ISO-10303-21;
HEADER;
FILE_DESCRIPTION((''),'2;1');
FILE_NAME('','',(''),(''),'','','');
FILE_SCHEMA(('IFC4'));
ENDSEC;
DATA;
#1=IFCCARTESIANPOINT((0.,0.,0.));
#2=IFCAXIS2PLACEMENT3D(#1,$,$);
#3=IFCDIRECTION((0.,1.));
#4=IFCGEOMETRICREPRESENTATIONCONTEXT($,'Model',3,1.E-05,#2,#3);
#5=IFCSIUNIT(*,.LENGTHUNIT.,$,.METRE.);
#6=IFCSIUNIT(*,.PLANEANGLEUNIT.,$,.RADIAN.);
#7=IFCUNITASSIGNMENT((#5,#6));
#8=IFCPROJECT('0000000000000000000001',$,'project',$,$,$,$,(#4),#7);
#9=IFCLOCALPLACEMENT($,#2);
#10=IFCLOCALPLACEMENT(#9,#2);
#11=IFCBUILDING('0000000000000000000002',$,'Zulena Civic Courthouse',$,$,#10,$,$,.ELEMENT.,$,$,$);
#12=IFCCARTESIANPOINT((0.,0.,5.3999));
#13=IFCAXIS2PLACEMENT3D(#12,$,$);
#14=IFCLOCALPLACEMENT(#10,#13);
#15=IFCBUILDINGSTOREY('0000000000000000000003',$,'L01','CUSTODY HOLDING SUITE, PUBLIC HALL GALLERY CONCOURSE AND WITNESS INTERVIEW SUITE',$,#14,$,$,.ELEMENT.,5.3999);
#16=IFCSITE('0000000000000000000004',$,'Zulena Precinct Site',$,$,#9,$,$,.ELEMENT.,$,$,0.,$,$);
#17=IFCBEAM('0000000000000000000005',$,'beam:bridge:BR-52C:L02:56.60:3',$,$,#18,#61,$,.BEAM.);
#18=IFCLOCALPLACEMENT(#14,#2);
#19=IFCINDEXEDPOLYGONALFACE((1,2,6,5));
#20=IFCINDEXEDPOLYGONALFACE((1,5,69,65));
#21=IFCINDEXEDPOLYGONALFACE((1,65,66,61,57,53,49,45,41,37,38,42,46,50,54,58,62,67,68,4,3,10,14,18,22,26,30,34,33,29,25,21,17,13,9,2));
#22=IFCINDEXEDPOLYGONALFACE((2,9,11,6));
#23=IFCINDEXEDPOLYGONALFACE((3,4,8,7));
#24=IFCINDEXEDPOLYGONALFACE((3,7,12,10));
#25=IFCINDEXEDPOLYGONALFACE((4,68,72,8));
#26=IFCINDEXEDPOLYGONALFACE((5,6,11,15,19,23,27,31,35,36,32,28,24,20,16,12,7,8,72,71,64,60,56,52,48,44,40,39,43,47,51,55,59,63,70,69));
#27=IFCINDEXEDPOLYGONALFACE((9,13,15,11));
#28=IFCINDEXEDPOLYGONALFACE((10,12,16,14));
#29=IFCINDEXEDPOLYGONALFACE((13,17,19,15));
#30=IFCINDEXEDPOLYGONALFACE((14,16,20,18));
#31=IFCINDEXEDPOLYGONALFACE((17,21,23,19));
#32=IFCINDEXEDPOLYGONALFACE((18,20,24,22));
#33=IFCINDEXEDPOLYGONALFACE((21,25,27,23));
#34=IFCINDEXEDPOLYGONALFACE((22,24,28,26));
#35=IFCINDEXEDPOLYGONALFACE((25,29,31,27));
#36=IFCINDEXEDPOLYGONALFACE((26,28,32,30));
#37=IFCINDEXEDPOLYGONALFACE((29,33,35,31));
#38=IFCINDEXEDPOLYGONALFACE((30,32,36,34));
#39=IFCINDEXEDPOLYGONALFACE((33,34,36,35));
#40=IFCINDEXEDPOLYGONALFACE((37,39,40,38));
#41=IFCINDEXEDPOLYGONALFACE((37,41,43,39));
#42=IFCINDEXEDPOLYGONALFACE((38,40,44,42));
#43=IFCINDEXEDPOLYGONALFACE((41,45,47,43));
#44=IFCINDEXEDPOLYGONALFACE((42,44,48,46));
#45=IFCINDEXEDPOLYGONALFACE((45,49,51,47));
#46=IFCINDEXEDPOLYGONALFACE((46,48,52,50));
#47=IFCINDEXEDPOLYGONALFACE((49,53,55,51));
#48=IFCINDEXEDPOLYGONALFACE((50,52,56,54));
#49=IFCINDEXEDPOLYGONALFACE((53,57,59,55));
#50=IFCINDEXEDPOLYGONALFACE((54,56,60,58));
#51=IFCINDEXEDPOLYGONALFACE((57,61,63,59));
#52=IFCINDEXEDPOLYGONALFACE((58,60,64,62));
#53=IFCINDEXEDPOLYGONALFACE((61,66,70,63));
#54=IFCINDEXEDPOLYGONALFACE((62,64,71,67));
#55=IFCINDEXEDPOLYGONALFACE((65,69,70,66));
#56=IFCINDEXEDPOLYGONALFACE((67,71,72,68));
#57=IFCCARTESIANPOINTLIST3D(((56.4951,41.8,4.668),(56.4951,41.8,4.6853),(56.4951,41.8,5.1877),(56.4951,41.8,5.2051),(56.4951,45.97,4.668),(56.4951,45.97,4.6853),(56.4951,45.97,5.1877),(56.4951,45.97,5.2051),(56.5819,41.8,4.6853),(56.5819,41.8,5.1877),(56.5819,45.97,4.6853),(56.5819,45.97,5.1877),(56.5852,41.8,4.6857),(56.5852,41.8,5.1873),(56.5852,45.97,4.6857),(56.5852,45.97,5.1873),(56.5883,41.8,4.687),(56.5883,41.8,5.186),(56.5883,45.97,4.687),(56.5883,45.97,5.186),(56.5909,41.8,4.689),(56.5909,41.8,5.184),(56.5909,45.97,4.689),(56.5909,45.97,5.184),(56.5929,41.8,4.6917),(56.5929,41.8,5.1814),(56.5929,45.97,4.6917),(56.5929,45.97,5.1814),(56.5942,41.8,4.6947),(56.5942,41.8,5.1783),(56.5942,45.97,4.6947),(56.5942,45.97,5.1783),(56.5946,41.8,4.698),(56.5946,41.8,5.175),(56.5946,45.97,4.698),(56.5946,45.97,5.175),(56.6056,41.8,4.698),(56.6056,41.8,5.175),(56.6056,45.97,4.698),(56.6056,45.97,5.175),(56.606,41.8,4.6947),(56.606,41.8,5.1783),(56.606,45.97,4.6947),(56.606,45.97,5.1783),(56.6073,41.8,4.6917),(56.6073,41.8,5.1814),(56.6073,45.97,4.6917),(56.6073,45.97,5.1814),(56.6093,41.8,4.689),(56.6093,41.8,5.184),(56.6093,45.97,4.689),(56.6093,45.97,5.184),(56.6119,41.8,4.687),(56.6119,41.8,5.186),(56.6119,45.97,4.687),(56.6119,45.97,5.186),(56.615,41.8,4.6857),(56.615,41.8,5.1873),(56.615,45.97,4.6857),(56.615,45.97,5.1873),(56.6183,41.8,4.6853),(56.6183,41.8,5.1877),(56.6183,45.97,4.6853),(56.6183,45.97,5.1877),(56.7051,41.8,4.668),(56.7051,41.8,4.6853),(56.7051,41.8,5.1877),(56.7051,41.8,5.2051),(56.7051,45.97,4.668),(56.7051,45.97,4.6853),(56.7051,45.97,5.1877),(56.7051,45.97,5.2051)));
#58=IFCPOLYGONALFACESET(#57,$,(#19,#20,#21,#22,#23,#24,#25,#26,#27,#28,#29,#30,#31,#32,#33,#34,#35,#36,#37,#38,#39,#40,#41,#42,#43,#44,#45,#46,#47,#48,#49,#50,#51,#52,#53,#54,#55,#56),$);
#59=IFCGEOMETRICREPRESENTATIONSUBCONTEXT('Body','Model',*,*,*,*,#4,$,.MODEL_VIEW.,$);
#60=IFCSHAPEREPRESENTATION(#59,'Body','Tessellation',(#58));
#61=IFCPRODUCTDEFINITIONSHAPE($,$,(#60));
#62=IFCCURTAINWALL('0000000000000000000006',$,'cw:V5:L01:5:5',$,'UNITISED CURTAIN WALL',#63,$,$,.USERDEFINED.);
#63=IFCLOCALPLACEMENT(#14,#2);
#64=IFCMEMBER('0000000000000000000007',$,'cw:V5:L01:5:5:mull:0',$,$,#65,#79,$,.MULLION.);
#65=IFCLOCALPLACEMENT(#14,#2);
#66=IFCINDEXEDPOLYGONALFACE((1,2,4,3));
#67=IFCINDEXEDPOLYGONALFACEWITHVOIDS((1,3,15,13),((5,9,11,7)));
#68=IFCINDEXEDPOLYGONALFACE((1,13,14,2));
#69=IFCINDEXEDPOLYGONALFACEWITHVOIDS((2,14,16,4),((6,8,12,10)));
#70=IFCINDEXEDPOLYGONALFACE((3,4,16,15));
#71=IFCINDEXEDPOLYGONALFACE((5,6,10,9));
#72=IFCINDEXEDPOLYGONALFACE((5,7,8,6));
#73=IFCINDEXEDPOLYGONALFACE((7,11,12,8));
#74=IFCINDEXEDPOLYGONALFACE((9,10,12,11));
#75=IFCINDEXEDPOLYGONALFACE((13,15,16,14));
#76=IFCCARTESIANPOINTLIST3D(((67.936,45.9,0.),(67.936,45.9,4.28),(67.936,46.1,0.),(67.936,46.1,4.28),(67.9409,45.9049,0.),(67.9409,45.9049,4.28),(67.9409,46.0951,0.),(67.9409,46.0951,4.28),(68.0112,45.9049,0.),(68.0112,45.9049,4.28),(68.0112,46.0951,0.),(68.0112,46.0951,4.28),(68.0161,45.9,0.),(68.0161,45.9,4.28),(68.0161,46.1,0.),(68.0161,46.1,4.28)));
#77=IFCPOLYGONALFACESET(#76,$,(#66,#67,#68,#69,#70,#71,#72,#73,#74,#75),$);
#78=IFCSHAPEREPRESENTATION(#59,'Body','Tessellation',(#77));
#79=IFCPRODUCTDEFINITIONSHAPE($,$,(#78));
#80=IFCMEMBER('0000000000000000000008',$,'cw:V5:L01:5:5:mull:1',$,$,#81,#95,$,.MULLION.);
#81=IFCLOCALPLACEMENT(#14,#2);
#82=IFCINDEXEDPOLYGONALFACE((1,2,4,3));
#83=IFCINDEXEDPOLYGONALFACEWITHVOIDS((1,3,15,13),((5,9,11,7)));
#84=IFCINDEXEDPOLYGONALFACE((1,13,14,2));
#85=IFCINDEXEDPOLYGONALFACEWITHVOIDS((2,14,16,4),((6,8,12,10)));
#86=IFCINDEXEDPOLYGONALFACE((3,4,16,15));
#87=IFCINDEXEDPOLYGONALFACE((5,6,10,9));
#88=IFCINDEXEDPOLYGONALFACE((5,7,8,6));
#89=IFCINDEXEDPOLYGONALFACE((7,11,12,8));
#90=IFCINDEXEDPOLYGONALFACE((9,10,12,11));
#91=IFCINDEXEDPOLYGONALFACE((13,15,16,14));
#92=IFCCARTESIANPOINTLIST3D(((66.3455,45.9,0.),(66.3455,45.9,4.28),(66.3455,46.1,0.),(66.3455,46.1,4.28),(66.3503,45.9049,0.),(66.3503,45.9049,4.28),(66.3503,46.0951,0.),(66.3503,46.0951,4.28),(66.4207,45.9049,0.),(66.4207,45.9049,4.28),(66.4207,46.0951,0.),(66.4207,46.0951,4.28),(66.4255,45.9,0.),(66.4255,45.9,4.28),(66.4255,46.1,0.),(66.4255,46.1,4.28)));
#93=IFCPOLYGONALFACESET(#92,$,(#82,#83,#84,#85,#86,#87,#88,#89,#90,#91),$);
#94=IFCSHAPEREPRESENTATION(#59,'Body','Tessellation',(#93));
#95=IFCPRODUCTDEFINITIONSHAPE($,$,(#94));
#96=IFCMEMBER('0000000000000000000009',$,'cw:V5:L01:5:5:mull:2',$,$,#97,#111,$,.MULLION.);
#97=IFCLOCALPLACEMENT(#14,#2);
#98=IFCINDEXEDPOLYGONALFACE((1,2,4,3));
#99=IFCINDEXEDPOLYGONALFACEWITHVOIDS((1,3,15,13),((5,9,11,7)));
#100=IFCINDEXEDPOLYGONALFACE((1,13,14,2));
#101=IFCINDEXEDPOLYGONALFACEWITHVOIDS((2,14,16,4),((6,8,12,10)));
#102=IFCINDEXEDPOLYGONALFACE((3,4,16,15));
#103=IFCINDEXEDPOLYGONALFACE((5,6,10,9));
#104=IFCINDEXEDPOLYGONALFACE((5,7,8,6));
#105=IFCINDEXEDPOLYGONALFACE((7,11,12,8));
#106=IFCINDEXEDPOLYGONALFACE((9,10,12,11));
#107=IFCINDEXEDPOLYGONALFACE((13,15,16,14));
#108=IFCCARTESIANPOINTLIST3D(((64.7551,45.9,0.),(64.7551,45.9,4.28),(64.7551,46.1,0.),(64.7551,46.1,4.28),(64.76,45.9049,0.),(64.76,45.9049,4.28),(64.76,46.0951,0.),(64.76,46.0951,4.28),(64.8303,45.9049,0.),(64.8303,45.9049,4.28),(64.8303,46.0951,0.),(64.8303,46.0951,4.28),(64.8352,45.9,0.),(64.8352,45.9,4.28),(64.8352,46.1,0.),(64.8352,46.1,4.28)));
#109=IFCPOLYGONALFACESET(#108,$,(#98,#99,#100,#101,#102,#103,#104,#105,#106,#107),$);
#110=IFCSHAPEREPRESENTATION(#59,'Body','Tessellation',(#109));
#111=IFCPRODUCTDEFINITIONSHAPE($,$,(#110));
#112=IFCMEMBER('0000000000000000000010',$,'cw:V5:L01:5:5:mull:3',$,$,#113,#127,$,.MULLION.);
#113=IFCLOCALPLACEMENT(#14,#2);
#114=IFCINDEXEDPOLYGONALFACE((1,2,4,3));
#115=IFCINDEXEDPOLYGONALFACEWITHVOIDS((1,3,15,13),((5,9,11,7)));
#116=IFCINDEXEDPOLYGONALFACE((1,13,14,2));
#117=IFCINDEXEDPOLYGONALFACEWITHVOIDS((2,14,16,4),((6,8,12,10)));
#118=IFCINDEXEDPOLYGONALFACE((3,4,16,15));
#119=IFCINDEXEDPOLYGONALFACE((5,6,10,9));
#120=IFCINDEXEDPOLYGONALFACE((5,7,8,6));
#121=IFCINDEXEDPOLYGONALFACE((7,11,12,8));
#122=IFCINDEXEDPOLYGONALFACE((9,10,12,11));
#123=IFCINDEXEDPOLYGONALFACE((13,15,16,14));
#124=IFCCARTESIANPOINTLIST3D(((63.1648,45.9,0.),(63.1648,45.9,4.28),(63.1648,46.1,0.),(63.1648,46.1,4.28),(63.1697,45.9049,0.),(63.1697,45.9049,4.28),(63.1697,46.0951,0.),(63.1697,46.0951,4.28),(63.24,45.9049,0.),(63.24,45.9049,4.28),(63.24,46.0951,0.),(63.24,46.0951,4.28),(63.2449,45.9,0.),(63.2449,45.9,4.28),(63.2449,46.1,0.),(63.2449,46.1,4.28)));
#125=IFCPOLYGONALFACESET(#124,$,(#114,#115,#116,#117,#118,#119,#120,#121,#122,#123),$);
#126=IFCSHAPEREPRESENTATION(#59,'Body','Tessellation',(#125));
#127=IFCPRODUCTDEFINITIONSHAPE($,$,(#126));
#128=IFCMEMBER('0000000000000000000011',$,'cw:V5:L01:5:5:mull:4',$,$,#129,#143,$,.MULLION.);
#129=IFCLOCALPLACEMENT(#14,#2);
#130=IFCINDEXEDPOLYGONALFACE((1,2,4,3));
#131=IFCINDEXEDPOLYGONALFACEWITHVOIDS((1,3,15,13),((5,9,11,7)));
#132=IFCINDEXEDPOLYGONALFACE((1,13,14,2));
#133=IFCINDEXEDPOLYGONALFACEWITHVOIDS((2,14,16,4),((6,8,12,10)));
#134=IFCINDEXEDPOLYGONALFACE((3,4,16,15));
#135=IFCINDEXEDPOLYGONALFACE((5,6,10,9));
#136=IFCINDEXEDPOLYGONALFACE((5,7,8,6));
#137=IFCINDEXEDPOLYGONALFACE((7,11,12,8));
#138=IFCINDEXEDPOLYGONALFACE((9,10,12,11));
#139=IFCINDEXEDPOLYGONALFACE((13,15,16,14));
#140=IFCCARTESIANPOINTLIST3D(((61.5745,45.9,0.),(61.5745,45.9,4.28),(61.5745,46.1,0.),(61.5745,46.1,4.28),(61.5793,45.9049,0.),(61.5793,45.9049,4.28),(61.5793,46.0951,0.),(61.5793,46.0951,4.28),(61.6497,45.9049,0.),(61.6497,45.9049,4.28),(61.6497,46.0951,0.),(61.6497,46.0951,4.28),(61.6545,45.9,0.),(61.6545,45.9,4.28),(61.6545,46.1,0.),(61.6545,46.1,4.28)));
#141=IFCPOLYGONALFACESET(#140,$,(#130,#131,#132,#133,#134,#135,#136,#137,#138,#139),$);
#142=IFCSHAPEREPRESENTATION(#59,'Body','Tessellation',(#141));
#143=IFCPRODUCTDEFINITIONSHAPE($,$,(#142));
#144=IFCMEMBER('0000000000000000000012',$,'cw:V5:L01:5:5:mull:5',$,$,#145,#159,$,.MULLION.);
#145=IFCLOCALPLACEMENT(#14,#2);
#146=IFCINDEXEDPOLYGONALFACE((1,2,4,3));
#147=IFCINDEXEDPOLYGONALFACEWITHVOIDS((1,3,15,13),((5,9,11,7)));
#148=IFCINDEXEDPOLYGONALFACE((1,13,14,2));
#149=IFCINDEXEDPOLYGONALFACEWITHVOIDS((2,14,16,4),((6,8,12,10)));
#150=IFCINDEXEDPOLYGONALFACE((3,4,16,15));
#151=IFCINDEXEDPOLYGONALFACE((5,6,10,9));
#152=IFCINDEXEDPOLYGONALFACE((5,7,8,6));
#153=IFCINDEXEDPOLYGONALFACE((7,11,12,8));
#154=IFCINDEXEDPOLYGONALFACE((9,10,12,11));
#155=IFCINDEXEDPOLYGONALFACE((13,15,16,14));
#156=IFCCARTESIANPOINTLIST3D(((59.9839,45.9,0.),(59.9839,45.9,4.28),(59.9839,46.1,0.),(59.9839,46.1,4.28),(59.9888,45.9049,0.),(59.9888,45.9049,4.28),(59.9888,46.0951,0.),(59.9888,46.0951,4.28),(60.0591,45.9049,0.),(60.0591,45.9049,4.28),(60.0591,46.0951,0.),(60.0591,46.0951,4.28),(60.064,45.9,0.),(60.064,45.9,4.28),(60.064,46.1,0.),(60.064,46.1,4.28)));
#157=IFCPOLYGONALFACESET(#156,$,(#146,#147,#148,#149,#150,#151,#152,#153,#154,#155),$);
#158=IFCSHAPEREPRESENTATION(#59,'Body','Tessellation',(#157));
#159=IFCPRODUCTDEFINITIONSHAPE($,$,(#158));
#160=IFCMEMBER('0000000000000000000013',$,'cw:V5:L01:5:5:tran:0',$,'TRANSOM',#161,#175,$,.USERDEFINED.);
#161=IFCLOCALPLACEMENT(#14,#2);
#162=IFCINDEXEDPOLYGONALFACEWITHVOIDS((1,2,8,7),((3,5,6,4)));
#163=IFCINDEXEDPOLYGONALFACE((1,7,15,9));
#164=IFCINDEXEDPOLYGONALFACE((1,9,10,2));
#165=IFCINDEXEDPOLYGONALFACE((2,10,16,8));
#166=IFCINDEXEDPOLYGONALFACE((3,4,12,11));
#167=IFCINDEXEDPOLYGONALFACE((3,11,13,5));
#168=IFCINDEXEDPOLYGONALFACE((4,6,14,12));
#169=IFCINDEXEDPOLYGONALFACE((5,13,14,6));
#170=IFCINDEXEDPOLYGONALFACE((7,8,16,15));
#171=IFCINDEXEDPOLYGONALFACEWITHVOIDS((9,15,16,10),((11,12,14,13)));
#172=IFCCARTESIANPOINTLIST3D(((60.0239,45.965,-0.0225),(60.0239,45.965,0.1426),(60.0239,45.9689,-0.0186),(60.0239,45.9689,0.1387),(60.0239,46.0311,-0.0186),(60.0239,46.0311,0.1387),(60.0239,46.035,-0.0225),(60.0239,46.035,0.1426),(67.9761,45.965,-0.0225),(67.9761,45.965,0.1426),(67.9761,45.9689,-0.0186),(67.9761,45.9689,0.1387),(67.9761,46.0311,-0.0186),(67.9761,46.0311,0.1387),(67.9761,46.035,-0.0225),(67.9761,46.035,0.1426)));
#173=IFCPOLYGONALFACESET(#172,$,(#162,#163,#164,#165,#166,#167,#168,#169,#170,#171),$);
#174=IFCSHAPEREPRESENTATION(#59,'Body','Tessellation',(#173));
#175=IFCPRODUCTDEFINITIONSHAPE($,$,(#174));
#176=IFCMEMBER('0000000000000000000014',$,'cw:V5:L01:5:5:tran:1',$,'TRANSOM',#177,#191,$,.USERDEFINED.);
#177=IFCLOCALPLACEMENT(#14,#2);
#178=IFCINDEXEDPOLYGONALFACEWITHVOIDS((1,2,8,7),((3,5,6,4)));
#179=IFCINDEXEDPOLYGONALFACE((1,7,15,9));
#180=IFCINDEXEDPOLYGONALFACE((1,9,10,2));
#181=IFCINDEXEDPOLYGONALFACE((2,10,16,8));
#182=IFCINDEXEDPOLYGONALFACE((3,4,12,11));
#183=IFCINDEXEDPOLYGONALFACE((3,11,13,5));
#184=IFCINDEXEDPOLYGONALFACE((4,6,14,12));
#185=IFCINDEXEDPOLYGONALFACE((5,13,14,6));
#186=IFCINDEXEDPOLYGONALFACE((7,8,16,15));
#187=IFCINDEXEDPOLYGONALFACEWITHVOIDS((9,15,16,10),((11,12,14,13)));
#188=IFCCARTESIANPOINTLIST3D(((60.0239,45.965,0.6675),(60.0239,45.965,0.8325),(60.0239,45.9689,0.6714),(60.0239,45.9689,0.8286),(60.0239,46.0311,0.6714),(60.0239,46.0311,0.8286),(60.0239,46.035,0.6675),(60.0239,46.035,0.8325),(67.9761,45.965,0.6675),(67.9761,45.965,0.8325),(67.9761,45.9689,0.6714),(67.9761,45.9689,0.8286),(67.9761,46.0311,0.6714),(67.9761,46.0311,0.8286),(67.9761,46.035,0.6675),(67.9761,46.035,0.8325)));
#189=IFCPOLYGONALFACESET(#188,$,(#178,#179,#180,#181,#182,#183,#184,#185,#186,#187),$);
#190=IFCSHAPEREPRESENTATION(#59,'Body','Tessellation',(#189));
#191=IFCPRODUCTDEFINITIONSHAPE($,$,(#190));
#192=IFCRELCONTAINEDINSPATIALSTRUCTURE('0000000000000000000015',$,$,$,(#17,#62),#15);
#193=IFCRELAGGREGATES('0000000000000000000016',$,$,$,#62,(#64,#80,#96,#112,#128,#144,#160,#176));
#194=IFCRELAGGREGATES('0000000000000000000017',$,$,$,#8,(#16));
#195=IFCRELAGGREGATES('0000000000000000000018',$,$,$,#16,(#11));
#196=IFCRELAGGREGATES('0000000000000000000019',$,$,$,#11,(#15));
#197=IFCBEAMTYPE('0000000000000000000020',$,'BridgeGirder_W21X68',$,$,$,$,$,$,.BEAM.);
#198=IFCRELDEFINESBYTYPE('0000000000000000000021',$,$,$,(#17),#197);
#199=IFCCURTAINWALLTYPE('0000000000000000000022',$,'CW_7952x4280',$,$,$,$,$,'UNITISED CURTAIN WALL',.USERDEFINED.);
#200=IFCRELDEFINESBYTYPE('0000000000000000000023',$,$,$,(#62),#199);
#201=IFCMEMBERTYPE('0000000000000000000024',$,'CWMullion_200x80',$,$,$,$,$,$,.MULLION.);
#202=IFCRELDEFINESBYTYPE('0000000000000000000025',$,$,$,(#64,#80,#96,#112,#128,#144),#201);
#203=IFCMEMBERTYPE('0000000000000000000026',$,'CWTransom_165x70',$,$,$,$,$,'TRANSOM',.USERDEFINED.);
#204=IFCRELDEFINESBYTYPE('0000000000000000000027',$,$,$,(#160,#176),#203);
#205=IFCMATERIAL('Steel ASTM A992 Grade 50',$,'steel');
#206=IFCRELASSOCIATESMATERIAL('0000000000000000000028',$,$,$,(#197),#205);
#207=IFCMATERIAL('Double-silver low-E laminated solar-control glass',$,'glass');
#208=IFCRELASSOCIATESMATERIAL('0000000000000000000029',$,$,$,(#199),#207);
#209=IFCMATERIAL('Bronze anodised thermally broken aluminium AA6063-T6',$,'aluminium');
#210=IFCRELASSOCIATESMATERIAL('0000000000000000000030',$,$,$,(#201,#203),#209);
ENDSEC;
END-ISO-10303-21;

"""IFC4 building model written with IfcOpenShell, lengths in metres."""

from ifc_helpers import new_model, si_unit, direction, frame, origin, origin_2d, place, context, subcontext, project, spatial, hollow_rectangle, i_section, extrude, material, material_profile, profile_set, type_object, element, aggregate, save


model = new_model("IFC4")

# Units and contexts
model_context = context("Model", 3, precision=1e-05, world=origin(), true_north=direction((0.0, 1.0)))
body_context = subcontext(model_context, "Body", "Model", "MODEL_VIEW")
ifc_project = project(units=[si_unit("LENGTHUNIT", "METRE"), si_unit("PLANEANGLEUNIT", "RADIAN")], contexts=[model_context])

# Site, building, storey
site_placement = place(None, origin())
site = spatial("IfcSite", under=ifc_project, at=site_placement, Name="Zulena Precinct Site", CompositionType="ELEMENT", RefElevation=0.0)
building_placement = place(site_placement, origin())
building = spatial("IfcBuilding", under=site, at=building_placement, Name="Zulena Civic Courthouse", CompositionType="ELEMENT")
storey_placement = place(building_placement, frame((0.0, 0.0, 5.3999)))
storey = spatial("IfcBuildingStorey", under=building, at=storey_placement, Name="L01", Description="CUSTODY HOLDING SUITE, PUBLIC HALL GALLERY CONCOURSE AND WITNESS INTERVIEW SUITE", CompositionType="ELEMENT", Elevation=5.3999)

# Shared definitions
ifc_material_1 = material(Name="Steel ASTM A992 Grade 50", Category="steel")

# Beam
ifc_material_profile_1 = material_profile(ifc_material_1, i_section(OverallWidth=0.21, OverallDepth=0.5371, WebThickness=0.011, FlangeThickness=0.0173, FilletRadius=0.0127, at=origin_2d()), Name="W21X68")
ifc_profile_set_1 = profile_set([ifc_material_profile_1], Name="Steel ASTM A992 Grade 50")
beam_type_1 = type_object("IfcBeamType", Name="BridgeGirder_W21X68", PredefinedType="BEAM", material=ifc_profile_set_1)
for number, where, z_axis, x_axis, name in (
    (1, (56.6001, 41.8, 4.9365), (0.0, 1.0, 0.0), (-1.0, 0.0, 0.0), "beam:bridge:BR-52C:L02:56.60:3"),
):
    element("IfcBeam", number, at=place(storey_placement, frame(where, z_axis=z_axis, x_axis=x_axis)), inside=storey, type_object=beam_type_1, Name=name, PredefinedType="BEAM", context=body_context, shape_type="SweptSolid", body=[
        extrude(i_section(OverallWidth=0.21, OverallDepth=0.5371, WebThickness=0.011, FlangeThickness=0.0173, FilletRadius=0.0127, at=origin_2d()), origin(), (0.0, 0.0, 1.0), 4.1699),
    ])

# Curtain wall, members
ifc_material_2 = material(Name="Double-silver low-E laminated solar-control glass", Category="glass")
curtain_wall_type = type_object("IfcCurtainWallType", Name="CW_7952x4280", ElementType="UNITISED CURTAIN WALL", PredefinedType="USERDEFINED", material=ifc_material_2)
curtain_wall_placement = place(storey_placement, origin())
curtain_wall = element("IfcCurtainWall", 2, at=curtain_wall_placement, inside=storey, type_object=curtain_wall_type, Name="cw:V5:L01:5:5", ObjectType="UNITISED CURTAIN WALL", PredefinedType="USERDEFINED")
ifc_material_3 = material(Name="Bronze anodised thermally broken aluminium AA6063-T6", Category="aluminium")
ifc_material_profile_2 = material_profile(ifc_material_3, hollow_rectangle(XDim=0.0801, YDim=0.2, WallThickness=0.0049, at=origin_2d()), Name="CWM200X80X5")
ifc_profile_set_2 = profile_set([ifc_material_profile_2], Name="Bronze anodised thermally broken aluminium AA6063-T6")
member_type_1 = type_object("IfcMemberType", Name="CWMullion_200x80", PredefinedType="MULLION", material=ifc_profile_set_2)
member_1_placement = place(storey_placement, frame((67.9761, 46.0, 0.0), z_axis=(0.0, 0.0, 1.0), x_axis=(1.0, 0.0, 0.0)))
member_1 = element("IfcMember", 3, at=member_1_placement, type_object=member_type_1, Name="cw:V5:L01:5:5:mull:0", PredefinedType="MULLION", context=body_context, shape_type="SweptSolid", body=[
    extrude(hollow_rectangle(XDim=0.0801, YDim=0.2, WallThickness=0.0049, at=origin_2d()), origin(), (0.0, 0.0, 1.0), 4.28),
])
member_2_placement = place(storey_placement, frame((66.3855, 46.0, 0.0), z_axis=(0.0, 0.0, 1.0), x_axis=(1.0, 0.0, 0.0)))
member_2 = element("IfcMember", 4, at=member_2_placement, type_object=member_type_1, Name="cw:V5:L01:5:5:mull:1", PredefinedType="MULLION", context=body_context, shape_type="SweptSolid", body=[
    extrude(hollow_rectangle(XDim=0.0801, YDim=0.2, WallThickness=0.0049, at=origin_2d()), origin(), (0.0, 0.0, 1.0), 4.28),
])
member_3_placement = place(storey_placement, frame((64.7952, 46.0, 0.0), z_axis=(0.0, 0.0, 1.0), x_axis=(1.0, 0.0, 0.0)))
member_3 = element("IfcMember", 5, at=member_3_placement, type_object=member_type_1, Name="cw:V5:L01:5:5:mull:2", PredefinedType="MULLION", context=body_context, shape_type="SweptSolid", body=[
    extrude(hollow_rectangle(XDim=0.0801, YDim=0.2, WallThickness=0.0049, at=origin_2d()), origin(), (0.0, 0.0, 1.0), 4.28),
])
member_4_placement = place(storey_placement, frame((63.2048, 46.0, 0.0), z_axis=(0.0, 0.0, 1.0), x_axis=(1.0, 0.0, 0.0)))
member_4 = element("IfcMember", 6, at=member_4_placement, type_object=member_type_1, Name="cw:V5:L01:5:5:mull:3", PredefinedType="MULLION", context=body_context, shape_type="SweptSolid", body=[
    extrude(hollow_rectangle(XDim=0.0801, YDim=0.2, WallThickness=0.0049, at=origin_2d()), origin(), (0.0, 0.0, 1.0), 4.28),
])
member_5_placement = place(storey_placement, frame((61.6145, 46.0, 0.0), z_axis=(0.0, 0.0, 1.0), x_axis=(1.0, 0.0, 0.0)))
member_5 = element("IfcMember", 7, at=member_5_placement, type_object=member_type_1, Name="cw:V5:L01:5:5:mull:4", PredefinedType="MULLION", context=body_context, shape_type="SweptSolid", body=[
    extrude(hollow_rectangle(XDim=0.0801, YDim=0.2, WallThickness=0.0049, at=origin_2d()), origin(), (0.0, 0.0, 1.0), 4.28),
])
member_6_placement = place(storey_placement, frame((60.0239, 46.0, 0.0), z_axis=(0.0, 0.0, 1.0), x_axis=(1.0, 0.0, 0.0)))
member_6 = element("IfcMember", 8, at=member_6_placement, type_object=member_type_1, Name="cw:V5:L01:5:5:mull:5", PredefinedType="MULLION", context=body_context, shape_type="SweptSolid", body=[
    extrude(hollow_rectangle(XDim=0.0801, YDim=0.2, WallThickness=0.0049, at=origin_2d()), origin(), (0.0, 0.0, 1.0), 4.28),
])
ifc_material_profile_3 = material_profile(ifc_material_3, hollow_rectangle(XDim=0.0701, YDim=0.165, WallThickness=0.0039, at=origin_2d()), Name="CWT165X70X4")
ifc_profile_set_3 = profile_set([ifc_material_profile_3], Name="Bronze anodised thermally broken aluminium AA6063-T6")
member_type_2 = type_object("IfcMemberType", Name="CWTransom_165x70", ElementType="TRANSOM", PredefinedType="USERDEFINED", material=ifc_profile_set_3)
member_7_placement = place(storey_placement, frame((67.9761, 46.0, 0.0601), z_axis=(-1.0, 0.0, 0.0), x_axis=(0.0, -1.0, 0.0)))
member_7 = element("IfcMember", 9, at=member_7_placement, type_object=member_type_2, Name="cw:V5:L01:5:5:tran:0", ObjectType="TRANSOM", PredefinedType="USERDEFINED", context=body_context, shape_type="SweptSolid", body=[
    extrude(hollow_rectangle(XDim=0.0701, YDim=0.165, WallThickness=0.0039, at=origin_2d()), origin(), (0.0, 0.0, 1.0), 7.9521),
])
member_8_placement = place(storey_placement, frame((67.9761, 46.0, 0.75), z_axis=(-1.0, 0.0, 0.0), x_axis=(0.0, -1.0, 0.0)))
member_8 = element("IfcMember", 10, at=member_8_placement, type_object=member_type_2, Name="cw:V5:L01:5:5:tran:1", ObjectType="TRANSOM", PredefinedType="USERDEFINED", context=body_context, shape_type="SweptSolid", body=[
    extrude(hollow_rectangle(XDim=0.0701, YDim=0.165, WallThickness=0.0039, at=origin_2d()), origin(), (0.0, 0.0, 1.0), 7.9521),
])

aggregate(curtain_wall, [member_1, member_2, member_3, member_4, member_5, member_6, member_7, member_8])

save(model, "model.ifc")
